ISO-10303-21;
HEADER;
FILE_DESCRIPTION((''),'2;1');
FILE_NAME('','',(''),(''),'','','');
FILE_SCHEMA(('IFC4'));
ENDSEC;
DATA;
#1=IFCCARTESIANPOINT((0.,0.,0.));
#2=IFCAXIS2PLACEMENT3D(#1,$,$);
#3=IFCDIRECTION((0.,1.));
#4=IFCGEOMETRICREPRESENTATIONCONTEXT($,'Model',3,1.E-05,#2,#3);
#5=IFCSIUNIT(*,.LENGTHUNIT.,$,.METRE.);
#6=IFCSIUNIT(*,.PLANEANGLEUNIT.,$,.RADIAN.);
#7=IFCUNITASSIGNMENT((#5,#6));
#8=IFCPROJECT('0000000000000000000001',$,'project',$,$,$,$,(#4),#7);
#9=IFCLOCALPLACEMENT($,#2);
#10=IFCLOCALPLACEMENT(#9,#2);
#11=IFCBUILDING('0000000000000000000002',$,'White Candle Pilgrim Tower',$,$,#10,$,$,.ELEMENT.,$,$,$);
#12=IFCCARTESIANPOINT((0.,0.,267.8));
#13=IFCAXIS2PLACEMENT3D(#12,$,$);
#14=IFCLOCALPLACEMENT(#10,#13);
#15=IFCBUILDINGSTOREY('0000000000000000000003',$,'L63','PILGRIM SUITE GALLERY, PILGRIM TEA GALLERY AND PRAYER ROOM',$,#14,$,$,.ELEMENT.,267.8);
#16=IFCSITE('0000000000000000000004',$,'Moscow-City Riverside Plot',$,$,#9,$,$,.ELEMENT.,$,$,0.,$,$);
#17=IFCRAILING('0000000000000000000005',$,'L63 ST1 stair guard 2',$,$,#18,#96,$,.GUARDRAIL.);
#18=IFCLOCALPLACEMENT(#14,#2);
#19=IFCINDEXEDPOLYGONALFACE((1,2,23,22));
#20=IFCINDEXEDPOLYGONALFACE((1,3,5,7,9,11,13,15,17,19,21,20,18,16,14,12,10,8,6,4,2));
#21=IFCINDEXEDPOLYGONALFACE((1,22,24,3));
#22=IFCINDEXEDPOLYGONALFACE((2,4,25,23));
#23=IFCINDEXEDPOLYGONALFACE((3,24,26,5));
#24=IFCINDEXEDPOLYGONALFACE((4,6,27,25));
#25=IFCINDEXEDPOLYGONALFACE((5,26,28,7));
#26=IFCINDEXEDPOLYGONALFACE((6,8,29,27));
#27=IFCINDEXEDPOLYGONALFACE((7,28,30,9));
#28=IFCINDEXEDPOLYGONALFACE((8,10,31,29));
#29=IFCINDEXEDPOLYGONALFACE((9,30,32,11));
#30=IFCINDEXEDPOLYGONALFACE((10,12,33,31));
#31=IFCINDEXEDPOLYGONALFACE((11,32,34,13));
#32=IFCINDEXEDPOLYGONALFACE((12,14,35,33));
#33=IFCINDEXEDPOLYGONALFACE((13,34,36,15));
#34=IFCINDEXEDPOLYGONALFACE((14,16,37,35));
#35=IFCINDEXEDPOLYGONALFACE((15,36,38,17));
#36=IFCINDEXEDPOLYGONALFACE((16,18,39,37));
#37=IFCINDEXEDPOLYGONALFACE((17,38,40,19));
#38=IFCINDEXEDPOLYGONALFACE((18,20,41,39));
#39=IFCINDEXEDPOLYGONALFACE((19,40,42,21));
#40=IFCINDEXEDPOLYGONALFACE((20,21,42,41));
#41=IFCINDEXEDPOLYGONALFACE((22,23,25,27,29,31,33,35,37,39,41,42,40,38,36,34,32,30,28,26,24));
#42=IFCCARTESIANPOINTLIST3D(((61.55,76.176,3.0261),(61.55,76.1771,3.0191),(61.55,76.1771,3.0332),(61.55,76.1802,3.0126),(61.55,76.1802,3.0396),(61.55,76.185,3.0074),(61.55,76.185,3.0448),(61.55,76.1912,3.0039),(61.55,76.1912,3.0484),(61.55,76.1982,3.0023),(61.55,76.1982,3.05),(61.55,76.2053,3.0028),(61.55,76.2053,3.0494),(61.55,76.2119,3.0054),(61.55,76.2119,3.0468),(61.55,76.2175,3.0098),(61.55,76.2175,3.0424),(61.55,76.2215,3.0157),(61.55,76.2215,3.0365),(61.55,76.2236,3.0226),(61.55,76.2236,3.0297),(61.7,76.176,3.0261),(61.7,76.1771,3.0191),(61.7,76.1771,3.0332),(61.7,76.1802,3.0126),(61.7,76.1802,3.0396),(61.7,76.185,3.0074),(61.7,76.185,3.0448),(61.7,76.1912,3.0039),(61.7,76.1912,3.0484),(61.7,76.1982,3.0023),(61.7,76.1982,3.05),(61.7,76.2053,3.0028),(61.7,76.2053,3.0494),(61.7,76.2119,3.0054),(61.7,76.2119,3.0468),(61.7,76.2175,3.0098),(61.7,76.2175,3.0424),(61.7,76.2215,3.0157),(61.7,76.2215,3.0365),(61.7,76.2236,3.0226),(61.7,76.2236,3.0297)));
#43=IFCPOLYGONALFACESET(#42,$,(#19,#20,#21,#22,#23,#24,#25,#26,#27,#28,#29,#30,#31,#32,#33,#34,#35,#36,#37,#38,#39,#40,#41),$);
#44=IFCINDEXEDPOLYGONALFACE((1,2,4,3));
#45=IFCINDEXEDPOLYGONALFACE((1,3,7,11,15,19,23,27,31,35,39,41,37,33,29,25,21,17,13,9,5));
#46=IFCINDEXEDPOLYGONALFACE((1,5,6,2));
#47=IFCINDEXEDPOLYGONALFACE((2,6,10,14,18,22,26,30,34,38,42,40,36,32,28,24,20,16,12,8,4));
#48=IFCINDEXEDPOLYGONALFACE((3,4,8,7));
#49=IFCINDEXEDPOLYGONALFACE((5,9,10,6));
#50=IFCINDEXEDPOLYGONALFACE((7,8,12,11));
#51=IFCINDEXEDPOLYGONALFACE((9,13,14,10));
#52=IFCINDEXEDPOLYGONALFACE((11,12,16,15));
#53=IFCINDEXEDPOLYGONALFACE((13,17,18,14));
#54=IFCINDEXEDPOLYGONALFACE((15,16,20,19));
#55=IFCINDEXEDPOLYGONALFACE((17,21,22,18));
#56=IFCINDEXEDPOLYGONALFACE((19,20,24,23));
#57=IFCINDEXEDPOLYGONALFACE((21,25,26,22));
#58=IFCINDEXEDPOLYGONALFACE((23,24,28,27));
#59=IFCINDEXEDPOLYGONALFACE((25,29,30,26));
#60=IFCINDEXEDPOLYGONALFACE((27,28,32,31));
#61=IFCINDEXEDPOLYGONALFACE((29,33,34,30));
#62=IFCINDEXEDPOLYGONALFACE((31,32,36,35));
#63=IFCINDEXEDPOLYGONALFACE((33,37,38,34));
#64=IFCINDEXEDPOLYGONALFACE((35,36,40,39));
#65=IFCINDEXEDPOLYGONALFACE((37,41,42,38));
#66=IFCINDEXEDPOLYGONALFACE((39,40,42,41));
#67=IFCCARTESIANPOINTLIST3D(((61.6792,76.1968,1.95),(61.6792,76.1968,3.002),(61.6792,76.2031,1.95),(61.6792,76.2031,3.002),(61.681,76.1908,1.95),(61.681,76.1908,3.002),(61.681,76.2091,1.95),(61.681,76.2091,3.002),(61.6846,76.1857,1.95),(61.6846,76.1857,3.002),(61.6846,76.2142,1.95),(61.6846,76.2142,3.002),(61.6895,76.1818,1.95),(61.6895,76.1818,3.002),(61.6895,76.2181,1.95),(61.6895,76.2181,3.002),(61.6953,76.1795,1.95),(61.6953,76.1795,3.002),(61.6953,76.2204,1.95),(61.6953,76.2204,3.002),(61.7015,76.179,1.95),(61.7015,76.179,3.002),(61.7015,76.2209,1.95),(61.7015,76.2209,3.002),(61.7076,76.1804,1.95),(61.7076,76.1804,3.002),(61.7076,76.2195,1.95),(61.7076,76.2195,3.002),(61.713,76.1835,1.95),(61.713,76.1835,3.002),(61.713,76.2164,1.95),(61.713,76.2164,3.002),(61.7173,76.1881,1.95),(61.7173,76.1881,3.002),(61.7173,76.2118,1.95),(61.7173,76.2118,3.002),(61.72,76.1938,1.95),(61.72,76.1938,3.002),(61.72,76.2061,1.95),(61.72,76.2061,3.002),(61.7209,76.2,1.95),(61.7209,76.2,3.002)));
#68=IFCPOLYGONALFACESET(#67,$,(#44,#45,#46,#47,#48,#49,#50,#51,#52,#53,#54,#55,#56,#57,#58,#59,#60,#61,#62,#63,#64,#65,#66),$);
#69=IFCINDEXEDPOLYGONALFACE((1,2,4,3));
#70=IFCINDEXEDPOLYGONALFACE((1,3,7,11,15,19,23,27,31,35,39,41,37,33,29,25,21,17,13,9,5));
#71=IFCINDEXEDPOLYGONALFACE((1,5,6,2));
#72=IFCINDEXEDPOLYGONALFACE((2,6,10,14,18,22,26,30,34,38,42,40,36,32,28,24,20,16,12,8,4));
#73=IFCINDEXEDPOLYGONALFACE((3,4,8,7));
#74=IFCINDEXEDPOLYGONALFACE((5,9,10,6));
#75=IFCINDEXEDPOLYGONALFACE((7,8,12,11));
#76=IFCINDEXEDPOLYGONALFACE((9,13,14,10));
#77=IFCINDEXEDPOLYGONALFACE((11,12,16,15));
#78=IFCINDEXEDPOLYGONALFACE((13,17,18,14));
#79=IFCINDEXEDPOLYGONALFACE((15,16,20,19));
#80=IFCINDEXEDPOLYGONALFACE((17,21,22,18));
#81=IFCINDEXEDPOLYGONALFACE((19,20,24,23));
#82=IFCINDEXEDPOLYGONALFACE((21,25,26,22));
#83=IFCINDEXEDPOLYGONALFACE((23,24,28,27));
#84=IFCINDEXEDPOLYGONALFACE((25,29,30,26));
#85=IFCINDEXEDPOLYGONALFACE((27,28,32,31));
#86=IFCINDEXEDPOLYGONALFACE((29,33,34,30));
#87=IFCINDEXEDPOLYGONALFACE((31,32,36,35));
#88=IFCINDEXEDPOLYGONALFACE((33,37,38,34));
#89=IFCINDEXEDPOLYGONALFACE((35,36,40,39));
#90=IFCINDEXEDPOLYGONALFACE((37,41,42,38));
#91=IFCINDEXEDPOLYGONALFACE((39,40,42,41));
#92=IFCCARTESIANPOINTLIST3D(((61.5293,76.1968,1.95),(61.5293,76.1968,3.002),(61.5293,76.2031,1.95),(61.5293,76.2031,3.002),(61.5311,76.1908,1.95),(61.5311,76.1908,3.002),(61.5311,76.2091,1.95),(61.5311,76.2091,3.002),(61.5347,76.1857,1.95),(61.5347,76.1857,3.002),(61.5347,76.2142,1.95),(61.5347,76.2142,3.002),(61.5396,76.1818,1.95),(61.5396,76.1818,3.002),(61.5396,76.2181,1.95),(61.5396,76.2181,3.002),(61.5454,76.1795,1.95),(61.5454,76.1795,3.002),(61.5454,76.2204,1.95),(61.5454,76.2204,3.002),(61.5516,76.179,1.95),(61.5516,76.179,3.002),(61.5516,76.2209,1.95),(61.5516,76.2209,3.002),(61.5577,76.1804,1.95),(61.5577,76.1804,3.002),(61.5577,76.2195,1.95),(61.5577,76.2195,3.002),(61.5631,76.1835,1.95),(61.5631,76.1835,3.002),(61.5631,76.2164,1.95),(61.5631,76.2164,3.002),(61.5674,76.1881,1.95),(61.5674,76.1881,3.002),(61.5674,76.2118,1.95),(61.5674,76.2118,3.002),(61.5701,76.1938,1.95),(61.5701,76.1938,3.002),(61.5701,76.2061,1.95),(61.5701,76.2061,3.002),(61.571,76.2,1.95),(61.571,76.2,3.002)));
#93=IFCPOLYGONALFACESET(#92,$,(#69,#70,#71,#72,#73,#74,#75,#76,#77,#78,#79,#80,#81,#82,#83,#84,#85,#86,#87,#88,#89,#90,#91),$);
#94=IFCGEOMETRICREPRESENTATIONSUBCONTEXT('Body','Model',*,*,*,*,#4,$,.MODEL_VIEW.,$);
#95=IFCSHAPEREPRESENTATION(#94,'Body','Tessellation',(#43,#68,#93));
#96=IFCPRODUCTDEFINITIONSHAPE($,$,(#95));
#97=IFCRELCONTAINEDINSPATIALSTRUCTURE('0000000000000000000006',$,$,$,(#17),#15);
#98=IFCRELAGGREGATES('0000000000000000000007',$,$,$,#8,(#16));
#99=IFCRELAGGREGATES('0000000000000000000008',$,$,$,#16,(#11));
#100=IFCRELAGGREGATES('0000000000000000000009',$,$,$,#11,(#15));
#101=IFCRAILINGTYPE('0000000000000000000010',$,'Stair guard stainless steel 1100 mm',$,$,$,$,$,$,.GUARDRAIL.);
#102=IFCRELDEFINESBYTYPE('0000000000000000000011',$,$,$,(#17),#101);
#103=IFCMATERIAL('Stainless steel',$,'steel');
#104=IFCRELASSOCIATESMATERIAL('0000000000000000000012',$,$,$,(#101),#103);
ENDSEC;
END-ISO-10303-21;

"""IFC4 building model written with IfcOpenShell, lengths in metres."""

from ifc_helpers import new_model, si_unit, direction, frame, origin, origin_2d, place, context, subcontext, project, spatial, circle, extrude, material, type_object, element, save


model = new_model("IFC4")

# Units and contexts
model_context = context("Model", 3, precision=1e-05, world=origin(), true_north=direction((0.0, 1.0)))
body_context = subcontext(model_context, "Body", "Model", "MODEL_VIEW")
ifc_project = project(units=[si_unit("LENGTHUNIT", "METRE"), si_unit("PLANEANGLEUNIT", "RADIAN")], contexts=[model_context])

# Site, building, storey
site_placement = place(None, origin())
site = spatial("IfcSite", under=ifc_project, at=site_placement, Name="Moscow-City Riverside Plot", CompositionType="ELEMENT", RefElevation=0.0)
building_placement = place(site_placement, origin())
building = spatial("IfcBuilding", under=site, at=building_placement, Name="White Candle Pilgrim Tower", CompositionType="ELEMENT")
storey_placement = place(building_placement, frame((0.0, 0.0, 267.8)))
storey = spatial("IfcBuildingStorey", under=building, at=storey_placement, Name="L63", Description="PILGRIM SUITE GALLERY, PILGRIM TEA GALLERY AND PRAYER ROOM", CompositionType="ELEMENT", Elevation=267.8)

# Shared definitions
ifc_material_1 = material(Name="Stainless steel", Category="steel")

# Railing
railing_type = type_object("IfcRailingType", Name="Stair guard stainless steel 1100 mm", PredefinedType="GUARDRAIL", material=ifc_material_1)
railing_1_placement = place(storey_placement, frame((61.7, 76.2, 1.95)))
element("IfcRailing", 1, at=railing_1_placement, inside=storey, type_object=railing_type, Name="L63 ST1 stair guard 2", PredefinedType="GUARDRAIL", context=body_context, shape_type="SweptSolid", body=[
    extrude(circle(Radius=0.0239, at=origin_2d()), frame((0.0, 0.0, 1.0762), z_axis=(-1.0, 0.0, 0.0), x_axis=(0.0, -1.0, 0.0)), (0.0, 0.0, 1.0), 0.1499),
    extrude(circle(Radius=0.021, at=origin_2d()), origin(), (0.0, 0.0, 1.0), 1.052),
    extrude(circle(Radius=0.021, at=origin_2d()), frame((-0.1499, 0.0, 0.0)), (0.0, 0.0, 1.0), 1.052),
])

save(model, "model.ifc")
